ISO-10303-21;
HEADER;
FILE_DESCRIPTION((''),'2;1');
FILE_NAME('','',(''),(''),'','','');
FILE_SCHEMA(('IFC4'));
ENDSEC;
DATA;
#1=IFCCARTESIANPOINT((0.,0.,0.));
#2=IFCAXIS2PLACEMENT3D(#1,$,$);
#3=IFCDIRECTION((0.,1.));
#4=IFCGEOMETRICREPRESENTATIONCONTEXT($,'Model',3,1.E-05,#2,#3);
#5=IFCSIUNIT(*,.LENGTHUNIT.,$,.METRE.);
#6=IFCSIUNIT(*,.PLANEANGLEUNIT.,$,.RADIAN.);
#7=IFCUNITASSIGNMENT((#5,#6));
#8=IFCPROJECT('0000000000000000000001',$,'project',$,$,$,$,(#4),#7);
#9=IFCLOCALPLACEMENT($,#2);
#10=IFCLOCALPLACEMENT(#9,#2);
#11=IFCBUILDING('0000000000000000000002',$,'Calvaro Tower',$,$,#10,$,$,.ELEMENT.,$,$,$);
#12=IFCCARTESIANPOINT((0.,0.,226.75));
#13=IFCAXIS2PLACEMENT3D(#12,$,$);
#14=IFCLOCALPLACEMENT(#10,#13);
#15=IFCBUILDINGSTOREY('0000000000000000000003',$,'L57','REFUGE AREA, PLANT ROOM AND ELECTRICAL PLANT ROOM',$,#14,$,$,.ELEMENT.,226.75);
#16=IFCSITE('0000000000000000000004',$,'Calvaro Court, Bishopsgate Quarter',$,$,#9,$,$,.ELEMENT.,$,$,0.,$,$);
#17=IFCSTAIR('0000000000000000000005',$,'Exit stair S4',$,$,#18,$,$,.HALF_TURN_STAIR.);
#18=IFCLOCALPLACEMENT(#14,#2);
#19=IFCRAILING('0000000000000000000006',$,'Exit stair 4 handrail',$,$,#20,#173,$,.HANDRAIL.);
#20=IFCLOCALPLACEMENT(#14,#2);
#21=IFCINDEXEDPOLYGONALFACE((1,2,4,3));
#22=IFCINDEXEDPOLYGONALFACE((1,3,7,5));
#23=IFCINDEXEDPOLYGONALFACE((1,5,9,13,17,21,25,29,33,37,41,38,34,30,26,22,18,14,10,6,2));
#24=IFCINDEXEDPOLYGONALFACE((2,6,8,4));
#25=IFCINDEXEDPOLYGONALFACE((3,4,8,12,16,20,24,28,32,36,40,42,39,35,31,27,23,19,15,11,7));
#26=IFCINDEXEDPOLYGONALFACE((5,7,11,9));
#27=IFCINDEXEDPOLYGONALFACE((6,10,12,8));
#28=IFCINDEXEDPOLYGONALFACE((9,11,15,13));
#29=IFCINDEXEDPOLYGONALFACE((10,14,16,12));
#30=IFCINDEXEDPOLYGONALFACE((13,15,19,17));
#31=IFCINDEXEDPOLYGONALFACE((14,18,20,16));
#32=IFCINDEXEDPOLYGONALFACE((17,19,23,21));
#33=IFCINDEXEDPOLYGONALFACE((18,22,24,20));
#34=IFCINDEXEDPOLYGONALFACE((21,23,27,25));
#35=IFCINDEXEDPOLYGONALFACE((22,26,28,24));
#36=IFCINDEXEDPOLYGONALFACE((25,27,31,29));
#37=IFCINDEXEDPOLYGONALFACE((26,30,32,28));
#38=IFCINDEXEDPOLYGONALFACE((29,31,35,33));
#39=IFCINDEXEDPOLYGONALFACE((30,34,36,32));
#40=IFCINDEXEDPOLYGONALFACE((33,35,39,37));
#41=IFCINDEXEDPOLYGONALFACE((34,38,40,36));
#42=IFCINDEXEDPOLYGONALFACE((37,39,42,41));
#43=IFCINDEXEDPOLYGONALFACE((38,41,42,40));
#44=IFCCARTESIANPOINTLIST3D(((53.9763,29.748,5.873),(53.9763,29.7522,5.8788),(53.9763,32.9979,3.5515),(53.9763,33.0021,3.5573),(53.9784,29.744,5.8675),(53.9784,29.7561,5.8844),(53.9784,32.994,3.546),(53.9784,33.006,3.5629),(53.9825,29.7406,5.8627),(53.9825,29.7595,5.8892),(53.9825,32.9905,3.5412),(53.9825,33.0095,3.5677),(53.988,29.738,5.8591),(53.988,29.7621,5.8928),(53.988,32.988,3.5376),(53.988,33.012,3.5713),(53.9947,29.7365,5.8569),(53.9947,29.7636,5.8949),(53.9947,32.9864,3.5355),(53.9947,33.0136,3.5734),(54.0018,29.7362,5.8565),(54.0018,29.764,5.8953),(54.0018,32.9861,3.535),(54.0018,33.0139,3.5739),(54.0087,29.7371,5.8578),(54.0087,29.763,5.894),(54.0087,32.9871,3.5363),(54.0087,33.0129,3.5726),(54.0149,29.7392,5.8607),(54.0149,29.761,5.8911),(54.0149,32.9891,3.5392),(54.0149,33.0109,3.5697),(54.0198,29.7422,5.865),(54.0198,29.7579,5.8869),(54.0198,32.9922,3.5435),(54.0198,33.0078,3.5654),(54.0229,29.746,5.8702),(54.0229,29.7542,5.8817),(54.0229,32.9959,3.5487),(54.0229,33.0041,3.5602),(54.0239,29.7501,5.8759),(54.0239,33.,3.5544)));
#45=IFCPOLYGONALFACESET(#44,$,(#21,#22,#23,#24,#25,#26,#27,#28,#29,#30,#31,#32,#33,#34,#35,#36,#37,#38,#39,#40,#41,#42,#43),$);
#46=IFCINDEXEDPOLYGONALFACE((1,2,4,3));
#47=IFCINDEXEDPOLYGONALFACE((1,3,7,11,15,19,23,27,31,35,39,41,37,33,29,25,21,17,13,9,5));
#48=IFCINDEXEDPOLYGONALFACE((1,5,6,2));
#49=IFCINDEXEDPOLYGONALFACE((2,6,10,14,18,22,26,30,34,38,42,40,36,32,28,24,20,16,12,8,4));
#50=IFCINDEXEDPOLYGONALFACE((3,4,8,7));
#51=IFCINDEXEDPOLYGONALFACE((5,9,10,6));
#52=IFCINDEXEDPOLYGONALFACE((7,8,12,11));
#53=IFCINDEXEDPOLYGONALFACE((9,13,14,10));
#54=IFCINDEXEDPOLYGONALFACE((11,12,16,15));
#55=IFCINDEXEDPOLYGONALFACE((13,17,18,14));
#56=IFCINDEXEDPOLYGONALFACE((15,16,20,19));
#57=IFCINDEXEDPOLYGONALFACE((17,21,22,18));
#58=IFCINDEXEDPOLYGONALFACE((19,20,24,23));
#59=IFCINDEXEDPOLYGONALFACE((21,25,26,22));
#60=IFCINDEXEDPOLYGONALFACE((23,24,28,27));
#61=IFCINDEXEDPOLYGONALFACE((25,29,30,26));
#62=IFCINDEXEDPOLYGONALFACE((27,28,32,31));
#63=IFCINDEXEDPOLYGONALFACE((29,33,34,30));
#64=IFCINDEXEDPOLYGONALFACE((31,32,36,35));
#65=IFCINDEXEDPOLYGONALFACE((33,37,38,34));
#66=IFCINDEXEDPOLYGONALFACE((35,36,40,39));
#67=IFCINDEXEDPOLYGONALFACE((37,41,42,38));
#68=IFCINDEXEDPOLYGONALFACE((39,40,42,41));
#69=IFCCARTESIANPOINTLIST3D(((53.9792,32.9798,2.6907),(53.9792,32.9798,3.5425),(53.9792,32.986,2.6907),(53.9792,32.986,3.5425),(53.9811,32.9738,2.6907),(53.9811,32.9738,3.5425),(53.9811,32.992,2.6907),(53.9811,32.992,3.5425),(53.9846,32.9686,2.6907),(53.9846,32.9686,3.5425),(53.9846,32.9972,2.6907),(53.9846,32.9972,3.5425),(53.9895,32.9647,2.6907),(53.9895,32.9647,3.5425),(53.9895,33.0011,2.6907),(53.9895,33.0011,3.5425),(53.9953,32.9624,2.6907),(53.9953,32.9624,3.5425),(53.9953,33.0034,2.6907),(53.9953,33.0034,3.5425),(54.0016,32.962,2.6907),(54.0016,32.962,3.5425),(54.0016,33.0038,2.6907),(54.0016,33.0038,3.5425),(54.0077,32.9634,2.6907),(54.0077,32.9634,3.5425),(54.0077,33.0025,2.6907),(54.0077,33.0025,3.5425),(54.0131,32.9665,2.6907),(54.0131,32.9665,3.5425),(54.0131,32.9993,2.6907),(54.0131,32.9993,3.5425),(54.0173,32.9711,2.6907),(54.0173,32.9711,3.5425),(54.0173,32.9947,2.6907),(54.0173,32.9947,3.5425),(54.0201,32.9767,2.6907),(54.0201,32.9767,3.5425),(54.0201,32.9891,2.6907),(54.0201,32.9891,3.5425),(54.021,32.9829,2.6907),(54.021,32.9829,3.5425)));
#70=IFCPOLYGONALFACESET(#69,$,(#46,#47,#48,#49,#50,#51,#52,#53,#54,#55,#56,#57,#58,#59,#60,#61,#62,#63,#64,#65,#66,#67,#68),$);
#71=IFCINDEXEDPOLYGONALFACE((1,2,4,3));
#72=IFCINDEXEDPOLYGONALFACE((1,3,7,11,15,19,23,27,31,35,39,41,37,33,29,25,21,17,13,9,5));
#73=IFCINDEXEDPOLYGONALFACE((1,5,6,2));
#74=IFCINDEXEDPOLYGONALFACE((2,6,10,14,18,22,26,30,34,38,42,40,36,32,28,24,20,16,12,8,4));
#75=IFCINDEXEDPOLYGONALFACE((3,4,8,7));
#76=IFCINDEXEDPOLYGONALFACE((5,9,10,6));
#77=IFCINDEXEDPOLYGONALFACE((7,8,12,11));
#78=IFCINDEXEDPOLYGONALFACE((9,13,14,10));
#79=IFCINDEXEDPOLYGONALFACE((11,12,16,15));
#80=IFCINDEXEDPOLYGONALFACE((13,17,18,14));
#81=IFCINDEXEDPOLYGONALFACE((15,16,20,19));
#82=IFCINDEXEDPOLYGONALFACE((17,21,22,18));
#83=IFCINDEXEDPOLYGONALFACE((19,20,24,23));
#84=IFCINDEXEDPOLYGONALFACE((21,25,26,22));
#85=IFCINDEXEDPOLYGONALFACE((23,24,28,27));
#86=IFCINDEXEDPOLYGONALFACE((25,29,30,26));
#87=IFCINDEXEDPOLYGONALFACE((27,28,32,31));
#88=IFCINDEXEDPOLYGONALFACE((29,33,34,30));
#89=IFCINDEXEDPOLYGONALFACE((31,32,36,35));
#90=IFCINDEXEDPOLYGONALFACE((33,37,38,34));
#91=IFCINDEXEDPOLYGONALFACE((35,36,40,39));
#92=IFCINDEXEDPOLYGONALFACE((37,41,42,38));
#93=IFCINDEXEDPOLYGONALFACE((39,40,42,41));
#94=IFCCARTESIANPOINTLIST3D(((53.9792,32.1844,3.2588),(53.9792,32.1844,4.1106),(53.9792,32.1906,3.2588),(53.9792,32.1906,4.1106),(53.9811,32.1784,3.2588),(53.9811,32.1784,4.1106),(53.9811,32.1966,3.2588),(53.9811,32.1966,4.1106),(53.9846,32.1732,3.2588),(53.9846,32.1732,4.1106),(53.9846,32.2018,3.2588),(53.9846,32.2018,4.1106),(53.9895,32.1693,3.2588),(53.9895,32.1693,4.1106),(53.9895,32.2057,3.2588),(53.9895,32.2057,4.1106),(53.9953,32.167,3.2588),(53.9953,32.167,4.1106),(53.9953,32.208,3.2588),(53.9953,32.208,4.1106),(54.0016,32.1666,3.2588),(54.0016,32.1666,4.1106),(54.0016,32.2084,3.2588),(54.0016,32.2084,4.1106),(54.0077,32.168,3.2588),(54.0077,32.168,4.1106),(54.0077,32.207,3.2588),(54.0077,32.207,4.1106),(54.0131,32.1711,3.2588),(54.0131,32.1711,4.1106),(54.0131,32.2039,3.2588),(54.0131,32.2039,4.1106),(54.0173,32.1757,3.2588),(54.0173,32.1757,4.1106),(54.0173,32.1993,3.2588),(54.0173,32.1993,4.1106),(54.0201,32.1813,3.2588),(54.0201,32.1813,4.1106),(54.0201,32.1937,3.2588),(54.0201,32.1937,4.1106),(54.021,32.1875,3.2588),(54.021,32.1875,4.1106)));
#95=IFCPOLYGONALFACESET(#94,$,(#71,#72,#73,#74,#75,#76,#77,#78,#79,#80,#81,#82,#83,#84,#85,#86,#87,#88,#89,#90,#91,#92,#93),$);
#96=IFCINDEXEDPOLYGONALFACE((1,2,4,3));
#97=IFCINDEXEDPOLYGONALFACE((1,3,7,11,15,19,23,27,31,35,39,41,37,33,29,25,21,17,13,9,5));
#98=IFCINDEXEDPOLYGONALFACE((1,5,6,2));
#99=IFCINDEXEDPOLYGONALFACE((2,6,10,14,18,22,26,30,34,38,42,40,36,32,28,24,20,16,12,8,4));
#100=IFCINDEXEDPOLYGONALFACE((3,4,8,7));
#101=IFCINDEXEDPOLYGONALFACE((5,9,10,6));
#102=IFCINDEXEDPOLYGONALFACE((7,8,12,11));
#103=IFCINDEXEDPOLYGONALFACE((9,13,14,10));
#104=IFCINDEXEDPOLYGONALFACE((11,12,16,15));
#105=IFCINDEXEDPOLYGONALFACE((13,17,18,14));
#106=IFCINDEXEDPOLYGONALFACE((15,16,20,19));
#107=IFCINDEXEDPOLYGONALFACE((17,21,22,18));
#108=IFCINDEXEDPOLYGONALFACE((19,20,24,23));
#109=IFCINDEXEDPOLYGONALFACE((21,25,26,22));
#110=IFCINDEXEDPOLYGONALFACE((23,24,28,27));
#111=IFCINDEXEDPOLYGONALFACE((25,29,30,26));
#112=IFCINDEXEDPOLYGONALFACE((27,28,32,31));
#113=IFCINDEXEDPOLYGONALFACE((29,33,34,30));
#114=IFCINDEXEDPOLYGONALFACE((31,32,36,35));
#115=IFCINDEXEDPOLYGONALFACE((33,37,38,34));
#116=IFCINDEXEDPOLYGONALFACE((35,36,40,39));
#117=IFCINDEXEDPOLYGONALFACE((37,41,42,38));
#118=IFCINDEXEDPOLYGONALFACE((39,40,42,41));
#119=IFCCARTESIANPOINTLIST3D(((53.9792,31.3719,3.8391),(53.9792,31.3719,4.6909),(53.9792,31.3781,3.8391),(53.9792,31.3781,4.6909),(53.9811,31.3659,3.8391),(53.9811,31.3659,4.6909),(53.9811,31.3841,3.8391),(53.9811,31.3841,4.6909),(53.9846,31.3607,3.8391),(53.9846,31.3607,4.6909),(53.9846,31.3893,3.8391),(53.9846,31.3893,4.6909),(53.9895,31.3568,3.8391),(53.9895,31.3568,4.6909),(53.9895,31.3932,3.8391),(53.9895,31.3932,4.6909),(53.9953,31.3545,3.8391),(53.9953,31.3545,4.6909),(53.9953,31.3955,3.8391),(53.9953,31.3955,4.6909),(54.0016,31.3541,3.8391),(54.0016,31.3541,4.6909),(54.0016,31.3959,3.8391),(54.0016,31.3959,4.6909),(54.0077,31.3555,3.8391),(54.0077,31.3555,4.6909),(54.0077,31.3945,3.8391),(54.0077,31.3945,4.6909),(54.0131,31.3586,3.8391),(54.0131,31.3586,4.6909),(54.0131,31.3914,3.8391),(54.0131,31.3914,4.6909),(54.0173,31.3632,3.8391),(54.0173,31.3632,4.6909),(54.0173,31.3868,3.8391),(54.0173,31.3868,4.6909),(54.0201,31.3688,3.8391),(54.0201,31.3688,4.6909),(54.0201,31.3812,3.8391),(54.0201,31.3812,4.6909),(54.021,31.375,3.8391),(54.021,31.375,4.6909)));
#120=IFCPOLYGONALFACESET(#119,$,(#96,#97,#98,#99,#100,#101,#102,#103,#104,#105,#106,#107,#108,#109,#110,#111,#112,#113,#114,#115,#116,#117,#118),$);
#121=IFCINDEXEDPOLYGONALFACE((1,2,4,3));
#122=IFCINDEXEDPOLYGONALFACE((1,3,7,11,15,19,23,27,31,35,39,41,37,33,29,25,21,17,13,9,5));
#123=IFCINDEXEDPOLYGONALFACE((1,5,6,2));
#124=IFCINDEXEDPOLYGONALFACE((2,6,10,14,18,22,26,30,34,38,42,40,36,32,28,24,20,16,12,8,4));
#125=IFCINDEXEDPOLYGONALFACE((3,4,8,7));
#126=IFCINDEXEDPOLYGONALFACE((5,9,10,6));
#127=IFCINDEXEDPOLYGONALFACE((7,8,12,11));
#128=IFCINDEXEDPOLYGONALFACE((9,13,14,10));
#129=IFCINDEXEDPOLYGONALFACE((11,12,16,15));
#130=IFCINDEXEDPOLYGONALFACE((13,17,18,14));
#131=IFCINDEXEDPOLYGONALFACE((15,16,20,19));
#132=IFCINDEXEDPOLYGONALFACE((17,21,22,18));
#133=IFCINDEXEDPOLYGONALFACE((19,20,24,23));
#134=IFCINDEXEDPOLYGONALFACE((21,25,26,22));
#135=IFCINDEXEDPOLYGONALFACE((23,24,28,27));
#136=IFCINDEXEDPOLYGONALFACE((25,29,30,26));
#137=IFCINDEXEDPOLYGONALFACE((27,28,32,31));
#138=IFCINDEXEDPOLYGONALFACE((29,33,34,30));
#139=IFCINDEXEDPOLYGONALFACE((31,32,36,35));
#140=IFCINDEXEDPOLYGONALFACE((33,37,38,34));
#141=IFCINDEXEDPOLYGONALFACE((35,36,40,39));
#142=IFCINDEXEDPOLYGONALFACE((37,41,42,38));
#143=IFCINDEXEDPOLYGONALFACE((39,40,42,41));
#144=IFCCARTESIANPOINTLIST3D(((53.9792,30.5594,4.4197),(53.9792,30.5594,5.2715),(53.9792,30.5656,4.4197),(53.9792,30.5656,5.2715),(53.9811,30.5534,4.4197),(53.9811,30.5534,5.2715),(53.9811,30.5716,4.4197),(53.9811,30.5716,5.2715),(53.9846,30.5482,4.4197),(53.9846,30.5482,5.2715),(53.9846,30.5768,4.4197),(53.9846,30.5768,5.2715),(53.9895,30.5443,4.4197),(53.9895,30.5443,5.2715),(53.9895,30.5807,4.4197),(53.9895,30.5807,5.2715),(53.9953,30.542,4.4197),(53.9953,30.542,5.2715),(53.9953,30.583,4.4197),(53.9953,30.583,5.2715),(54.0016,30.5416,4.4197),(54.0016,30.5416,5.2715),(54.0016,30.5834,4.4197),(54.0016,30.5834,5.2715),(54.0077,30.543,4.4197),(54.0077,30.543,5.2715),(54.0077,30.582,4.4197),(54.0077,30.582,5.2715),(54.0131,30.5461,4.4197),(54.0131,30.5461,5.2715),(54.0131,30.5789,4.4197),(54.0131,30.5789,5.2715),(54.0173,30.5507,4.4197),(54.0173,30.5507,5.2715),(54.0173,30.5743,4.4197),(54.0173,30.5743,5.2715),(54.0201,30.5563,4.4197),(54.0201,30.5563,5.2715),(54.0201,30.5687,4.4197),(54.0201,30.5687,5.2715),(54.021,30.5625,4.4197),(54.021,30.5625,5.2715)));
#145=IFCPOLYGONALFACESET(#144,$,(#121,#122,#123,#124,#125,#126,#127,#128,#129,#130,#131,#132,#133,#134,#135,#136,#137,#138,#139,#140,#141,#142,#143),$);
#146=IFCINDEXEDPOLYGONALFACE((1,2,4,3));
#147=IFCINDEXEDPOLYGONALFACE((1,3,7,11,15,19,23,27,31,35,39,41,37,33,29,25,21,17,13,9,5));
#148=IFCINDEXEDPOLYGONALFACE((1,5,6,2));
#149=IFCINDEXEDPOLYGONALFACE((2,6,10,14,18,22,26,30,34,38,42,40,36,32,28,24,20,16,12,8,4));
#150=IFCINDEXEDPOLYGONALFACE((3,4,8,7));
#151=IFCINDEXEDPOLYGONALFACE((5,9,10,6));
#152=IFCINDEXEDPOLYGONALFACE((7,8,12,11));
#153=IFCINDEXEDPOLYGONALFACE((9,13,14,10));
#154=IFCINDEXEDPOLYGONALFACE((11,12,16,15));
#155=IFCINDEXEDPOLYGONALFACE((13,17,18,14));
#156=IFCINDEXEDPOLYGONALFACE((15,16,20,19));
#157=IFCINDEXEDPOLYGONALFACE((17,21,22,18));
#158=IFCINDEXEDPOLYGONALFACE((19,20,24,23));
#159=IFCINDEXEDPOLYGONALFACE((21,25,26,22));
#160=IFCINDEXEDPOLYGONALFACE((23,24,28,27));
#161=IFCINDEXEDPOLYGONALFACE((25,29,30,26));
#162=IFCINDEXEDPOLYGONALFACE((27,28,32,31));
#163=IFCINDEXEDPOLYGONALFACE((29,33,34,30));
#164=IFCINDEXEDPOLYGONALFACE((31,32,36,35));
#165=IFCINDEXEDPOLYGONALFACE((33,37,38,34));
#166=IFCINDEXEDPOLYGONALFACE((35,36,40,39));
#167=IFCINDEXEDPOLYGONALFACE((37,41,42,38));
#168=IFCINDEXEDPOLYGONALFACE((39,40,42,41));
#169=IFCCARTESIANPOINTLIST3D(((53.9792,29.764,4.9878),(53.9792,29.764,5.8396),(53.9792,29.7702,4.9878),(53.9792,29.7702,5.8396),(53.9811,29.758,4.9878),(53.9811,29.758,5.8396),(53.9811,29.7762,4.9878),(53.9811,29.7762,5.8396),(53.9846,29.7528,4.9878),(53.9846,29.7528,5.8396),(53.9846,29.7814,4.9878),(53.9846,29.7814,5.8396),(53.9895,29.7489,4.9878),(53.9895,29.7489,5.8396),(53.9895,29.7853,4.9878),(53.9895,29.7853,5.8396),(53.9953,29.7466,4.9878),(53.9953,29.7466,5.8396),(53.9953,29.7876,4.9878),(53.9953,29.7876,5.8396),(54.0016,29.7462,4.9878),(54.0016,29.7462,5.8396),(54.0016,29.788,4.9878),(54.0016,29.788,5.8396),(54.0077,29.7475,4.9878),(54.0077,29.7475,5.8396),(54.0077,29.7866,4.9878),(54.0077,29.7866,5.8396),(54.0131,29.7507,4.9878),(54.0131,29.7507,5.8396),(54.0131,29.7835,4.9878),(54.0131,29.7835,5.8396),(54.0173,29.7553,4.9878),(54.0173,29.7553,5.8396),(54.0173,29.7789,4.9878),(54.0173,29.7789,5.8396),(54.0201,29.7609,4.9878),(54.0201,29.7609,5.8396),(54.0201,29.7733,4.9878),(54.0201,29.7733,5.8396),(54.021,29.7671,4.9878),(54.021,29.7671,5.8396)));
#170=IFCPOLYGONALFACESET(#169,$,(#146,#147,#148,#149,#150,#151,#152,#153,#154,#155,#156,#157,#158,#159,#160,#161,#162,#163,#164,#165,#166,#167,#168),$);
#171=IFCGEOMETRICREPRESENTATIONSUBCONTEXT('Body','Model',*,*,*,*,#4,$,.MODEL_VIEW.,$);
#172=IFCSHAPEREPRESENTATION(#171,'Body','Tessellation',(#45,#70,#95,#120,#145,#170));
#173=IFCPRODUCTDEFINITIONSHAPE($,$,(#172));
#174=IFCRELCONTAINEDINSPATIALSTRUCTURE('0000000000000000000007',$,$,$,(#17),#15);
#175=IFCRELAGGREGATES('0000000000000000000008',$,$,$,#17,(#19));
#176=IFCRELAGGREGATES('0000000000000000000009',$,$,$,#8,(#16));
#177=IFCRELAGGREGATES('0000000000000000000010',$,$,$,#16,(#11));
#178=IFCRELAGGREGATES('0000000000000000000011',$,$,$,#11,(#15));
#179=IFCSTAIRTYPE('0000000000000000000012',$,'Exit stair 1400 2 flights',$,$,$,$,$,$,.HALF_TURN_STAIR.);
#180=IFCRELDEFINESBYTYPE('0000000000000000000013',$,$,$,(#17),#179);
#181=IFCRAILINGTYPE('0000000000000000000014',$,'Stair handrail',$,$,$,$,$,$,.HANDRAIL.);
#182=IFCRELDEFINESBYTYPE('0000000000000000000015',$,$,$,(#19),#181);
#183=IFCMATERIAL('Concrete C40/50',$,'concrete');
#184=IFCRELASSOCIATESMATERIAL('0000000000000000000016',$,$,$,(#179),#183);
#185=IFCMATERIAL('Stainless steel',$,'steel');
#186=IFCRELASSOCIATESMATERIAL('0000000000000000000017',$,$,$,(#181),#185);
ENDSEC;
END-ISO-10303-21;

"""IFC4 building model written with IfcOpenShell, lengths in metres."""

from ifc_helpers import new_model, si_unit, direction, frame, origin, origin_2d, place, context, subcontext, project, spatial, circle, extrude, material, type_object, element, aggregate, save


model = new_model("IFC4")

# Units and contexts
model_context = context("Model", 3, precision=1e-05, world=origin(), true_north=direction((0.0, 1.0)))
body_context = subcontext(model_context, "Body", "Model", "MODEL_VIEW")
ifc_project = project(units=[si_unit("LENGTHUNIT", "METRE"), si_unit("PLANEANGLEUNIT", "RADIAN")], contexts=[model_context])

# Site, building, storey
site_placement = place(None, origin())
site = spatial("IfcSite", under=ifc_project, at=site_placement, Name="Calvaro Court, Bishopsgate Quarter", CompositionType="ELEMENT", RefElevation=0.0)
building_placement = place(site_placement, origin())
building = spatial("IfcBuilding", under=site, at=building_placement, Name="Calvaro Tower", CompositionType="ELEMENT")
storey_placement = place(building_placement, frame((0.0, 0.0, 226.75)))
storey = spatial("IfcBuildingStorey", under=building, at=storey_placement, Name="L57", Description="REFUGE AREA, PLANT ROOM AND ELECTRICAL PLANT ROOM", CompositionType="ELEMENT", Elevation=226.75)

# Stair
ifc_material_1 = material(Name="Concrete C40/50", Category="concrete")
stair_type = type_object("IfcStairType", Name="Exit stair 1400 2 flights", PredefinedType="HALF_TURN_STAIR", material=ifc_material_1)
stair_1_placement = place(storey_placement, origin())
stair_1 = element("IfcStair", 1, at=stair_1_placement, inside=storey, type_object=stair_type, Name="Exit stair S4", PredefinedType="HALF_TURN_STAIR")

# Railing
ifc_material_2 = material(Name="Stainless steel", Category="steel")
railing_type = type_object("IfcRailingType", Name="Stair handrail", PredefinedType="HANDRAIL", material=ifc_material_2)
railing_1_placement = place(storey_placement, frame((54.0, 33.0, 2.6785)))
railing_1 = element("IfcRailing", 2, at=railing_1_placement, type_object=railing_type, Name="Exit stair 4 handrail", PredefinedType="HANDRAIL", context=body_context, shape_type="SweptSolid", body=[
    extrude(circle(Radius=0.0239, at=origin_2d()), frame((0.0, 0.0, 0.876), z_axis=(0.0, -0.813721, 0.581256), x_axis=(1.0, 0.0, 0.0)), (0.0, 0.0, 1.0), 3.9939),
    extrude(circle(Radius=0.021, at=origin_2d()), frame((0.0, -0.0171, 0.0122)), (0.0, 0.0, 1.0), 0.8518),
    extrude(circle(Radius=0.021, at=origin_2d()), frame((0.0, -0.8125, 0.5803)), (0.0, 0.0, 1.0), 0.8518),
    extrude(circle(Radius=0.021, at=origin_2d()), frame((0.0, -1.625, 1.1606)), (0.0, 0.0, 1.0), 0.8518),
    extrude(circle(Radius=0.021, at=origin_2d()), frame((0.0, -2.4375, 1.7412)), (0.0, 0.0, 1.0), 0.8518),
    extrude(circle(Radius=0.021, at=origin_2d()), frame((0.0, -3.2329, 2.3093)), (0.0, 0.0, 1.0), 0.8518),
])
aggregate(stair_1, [railing_1])

save(model, "model.ifc")
